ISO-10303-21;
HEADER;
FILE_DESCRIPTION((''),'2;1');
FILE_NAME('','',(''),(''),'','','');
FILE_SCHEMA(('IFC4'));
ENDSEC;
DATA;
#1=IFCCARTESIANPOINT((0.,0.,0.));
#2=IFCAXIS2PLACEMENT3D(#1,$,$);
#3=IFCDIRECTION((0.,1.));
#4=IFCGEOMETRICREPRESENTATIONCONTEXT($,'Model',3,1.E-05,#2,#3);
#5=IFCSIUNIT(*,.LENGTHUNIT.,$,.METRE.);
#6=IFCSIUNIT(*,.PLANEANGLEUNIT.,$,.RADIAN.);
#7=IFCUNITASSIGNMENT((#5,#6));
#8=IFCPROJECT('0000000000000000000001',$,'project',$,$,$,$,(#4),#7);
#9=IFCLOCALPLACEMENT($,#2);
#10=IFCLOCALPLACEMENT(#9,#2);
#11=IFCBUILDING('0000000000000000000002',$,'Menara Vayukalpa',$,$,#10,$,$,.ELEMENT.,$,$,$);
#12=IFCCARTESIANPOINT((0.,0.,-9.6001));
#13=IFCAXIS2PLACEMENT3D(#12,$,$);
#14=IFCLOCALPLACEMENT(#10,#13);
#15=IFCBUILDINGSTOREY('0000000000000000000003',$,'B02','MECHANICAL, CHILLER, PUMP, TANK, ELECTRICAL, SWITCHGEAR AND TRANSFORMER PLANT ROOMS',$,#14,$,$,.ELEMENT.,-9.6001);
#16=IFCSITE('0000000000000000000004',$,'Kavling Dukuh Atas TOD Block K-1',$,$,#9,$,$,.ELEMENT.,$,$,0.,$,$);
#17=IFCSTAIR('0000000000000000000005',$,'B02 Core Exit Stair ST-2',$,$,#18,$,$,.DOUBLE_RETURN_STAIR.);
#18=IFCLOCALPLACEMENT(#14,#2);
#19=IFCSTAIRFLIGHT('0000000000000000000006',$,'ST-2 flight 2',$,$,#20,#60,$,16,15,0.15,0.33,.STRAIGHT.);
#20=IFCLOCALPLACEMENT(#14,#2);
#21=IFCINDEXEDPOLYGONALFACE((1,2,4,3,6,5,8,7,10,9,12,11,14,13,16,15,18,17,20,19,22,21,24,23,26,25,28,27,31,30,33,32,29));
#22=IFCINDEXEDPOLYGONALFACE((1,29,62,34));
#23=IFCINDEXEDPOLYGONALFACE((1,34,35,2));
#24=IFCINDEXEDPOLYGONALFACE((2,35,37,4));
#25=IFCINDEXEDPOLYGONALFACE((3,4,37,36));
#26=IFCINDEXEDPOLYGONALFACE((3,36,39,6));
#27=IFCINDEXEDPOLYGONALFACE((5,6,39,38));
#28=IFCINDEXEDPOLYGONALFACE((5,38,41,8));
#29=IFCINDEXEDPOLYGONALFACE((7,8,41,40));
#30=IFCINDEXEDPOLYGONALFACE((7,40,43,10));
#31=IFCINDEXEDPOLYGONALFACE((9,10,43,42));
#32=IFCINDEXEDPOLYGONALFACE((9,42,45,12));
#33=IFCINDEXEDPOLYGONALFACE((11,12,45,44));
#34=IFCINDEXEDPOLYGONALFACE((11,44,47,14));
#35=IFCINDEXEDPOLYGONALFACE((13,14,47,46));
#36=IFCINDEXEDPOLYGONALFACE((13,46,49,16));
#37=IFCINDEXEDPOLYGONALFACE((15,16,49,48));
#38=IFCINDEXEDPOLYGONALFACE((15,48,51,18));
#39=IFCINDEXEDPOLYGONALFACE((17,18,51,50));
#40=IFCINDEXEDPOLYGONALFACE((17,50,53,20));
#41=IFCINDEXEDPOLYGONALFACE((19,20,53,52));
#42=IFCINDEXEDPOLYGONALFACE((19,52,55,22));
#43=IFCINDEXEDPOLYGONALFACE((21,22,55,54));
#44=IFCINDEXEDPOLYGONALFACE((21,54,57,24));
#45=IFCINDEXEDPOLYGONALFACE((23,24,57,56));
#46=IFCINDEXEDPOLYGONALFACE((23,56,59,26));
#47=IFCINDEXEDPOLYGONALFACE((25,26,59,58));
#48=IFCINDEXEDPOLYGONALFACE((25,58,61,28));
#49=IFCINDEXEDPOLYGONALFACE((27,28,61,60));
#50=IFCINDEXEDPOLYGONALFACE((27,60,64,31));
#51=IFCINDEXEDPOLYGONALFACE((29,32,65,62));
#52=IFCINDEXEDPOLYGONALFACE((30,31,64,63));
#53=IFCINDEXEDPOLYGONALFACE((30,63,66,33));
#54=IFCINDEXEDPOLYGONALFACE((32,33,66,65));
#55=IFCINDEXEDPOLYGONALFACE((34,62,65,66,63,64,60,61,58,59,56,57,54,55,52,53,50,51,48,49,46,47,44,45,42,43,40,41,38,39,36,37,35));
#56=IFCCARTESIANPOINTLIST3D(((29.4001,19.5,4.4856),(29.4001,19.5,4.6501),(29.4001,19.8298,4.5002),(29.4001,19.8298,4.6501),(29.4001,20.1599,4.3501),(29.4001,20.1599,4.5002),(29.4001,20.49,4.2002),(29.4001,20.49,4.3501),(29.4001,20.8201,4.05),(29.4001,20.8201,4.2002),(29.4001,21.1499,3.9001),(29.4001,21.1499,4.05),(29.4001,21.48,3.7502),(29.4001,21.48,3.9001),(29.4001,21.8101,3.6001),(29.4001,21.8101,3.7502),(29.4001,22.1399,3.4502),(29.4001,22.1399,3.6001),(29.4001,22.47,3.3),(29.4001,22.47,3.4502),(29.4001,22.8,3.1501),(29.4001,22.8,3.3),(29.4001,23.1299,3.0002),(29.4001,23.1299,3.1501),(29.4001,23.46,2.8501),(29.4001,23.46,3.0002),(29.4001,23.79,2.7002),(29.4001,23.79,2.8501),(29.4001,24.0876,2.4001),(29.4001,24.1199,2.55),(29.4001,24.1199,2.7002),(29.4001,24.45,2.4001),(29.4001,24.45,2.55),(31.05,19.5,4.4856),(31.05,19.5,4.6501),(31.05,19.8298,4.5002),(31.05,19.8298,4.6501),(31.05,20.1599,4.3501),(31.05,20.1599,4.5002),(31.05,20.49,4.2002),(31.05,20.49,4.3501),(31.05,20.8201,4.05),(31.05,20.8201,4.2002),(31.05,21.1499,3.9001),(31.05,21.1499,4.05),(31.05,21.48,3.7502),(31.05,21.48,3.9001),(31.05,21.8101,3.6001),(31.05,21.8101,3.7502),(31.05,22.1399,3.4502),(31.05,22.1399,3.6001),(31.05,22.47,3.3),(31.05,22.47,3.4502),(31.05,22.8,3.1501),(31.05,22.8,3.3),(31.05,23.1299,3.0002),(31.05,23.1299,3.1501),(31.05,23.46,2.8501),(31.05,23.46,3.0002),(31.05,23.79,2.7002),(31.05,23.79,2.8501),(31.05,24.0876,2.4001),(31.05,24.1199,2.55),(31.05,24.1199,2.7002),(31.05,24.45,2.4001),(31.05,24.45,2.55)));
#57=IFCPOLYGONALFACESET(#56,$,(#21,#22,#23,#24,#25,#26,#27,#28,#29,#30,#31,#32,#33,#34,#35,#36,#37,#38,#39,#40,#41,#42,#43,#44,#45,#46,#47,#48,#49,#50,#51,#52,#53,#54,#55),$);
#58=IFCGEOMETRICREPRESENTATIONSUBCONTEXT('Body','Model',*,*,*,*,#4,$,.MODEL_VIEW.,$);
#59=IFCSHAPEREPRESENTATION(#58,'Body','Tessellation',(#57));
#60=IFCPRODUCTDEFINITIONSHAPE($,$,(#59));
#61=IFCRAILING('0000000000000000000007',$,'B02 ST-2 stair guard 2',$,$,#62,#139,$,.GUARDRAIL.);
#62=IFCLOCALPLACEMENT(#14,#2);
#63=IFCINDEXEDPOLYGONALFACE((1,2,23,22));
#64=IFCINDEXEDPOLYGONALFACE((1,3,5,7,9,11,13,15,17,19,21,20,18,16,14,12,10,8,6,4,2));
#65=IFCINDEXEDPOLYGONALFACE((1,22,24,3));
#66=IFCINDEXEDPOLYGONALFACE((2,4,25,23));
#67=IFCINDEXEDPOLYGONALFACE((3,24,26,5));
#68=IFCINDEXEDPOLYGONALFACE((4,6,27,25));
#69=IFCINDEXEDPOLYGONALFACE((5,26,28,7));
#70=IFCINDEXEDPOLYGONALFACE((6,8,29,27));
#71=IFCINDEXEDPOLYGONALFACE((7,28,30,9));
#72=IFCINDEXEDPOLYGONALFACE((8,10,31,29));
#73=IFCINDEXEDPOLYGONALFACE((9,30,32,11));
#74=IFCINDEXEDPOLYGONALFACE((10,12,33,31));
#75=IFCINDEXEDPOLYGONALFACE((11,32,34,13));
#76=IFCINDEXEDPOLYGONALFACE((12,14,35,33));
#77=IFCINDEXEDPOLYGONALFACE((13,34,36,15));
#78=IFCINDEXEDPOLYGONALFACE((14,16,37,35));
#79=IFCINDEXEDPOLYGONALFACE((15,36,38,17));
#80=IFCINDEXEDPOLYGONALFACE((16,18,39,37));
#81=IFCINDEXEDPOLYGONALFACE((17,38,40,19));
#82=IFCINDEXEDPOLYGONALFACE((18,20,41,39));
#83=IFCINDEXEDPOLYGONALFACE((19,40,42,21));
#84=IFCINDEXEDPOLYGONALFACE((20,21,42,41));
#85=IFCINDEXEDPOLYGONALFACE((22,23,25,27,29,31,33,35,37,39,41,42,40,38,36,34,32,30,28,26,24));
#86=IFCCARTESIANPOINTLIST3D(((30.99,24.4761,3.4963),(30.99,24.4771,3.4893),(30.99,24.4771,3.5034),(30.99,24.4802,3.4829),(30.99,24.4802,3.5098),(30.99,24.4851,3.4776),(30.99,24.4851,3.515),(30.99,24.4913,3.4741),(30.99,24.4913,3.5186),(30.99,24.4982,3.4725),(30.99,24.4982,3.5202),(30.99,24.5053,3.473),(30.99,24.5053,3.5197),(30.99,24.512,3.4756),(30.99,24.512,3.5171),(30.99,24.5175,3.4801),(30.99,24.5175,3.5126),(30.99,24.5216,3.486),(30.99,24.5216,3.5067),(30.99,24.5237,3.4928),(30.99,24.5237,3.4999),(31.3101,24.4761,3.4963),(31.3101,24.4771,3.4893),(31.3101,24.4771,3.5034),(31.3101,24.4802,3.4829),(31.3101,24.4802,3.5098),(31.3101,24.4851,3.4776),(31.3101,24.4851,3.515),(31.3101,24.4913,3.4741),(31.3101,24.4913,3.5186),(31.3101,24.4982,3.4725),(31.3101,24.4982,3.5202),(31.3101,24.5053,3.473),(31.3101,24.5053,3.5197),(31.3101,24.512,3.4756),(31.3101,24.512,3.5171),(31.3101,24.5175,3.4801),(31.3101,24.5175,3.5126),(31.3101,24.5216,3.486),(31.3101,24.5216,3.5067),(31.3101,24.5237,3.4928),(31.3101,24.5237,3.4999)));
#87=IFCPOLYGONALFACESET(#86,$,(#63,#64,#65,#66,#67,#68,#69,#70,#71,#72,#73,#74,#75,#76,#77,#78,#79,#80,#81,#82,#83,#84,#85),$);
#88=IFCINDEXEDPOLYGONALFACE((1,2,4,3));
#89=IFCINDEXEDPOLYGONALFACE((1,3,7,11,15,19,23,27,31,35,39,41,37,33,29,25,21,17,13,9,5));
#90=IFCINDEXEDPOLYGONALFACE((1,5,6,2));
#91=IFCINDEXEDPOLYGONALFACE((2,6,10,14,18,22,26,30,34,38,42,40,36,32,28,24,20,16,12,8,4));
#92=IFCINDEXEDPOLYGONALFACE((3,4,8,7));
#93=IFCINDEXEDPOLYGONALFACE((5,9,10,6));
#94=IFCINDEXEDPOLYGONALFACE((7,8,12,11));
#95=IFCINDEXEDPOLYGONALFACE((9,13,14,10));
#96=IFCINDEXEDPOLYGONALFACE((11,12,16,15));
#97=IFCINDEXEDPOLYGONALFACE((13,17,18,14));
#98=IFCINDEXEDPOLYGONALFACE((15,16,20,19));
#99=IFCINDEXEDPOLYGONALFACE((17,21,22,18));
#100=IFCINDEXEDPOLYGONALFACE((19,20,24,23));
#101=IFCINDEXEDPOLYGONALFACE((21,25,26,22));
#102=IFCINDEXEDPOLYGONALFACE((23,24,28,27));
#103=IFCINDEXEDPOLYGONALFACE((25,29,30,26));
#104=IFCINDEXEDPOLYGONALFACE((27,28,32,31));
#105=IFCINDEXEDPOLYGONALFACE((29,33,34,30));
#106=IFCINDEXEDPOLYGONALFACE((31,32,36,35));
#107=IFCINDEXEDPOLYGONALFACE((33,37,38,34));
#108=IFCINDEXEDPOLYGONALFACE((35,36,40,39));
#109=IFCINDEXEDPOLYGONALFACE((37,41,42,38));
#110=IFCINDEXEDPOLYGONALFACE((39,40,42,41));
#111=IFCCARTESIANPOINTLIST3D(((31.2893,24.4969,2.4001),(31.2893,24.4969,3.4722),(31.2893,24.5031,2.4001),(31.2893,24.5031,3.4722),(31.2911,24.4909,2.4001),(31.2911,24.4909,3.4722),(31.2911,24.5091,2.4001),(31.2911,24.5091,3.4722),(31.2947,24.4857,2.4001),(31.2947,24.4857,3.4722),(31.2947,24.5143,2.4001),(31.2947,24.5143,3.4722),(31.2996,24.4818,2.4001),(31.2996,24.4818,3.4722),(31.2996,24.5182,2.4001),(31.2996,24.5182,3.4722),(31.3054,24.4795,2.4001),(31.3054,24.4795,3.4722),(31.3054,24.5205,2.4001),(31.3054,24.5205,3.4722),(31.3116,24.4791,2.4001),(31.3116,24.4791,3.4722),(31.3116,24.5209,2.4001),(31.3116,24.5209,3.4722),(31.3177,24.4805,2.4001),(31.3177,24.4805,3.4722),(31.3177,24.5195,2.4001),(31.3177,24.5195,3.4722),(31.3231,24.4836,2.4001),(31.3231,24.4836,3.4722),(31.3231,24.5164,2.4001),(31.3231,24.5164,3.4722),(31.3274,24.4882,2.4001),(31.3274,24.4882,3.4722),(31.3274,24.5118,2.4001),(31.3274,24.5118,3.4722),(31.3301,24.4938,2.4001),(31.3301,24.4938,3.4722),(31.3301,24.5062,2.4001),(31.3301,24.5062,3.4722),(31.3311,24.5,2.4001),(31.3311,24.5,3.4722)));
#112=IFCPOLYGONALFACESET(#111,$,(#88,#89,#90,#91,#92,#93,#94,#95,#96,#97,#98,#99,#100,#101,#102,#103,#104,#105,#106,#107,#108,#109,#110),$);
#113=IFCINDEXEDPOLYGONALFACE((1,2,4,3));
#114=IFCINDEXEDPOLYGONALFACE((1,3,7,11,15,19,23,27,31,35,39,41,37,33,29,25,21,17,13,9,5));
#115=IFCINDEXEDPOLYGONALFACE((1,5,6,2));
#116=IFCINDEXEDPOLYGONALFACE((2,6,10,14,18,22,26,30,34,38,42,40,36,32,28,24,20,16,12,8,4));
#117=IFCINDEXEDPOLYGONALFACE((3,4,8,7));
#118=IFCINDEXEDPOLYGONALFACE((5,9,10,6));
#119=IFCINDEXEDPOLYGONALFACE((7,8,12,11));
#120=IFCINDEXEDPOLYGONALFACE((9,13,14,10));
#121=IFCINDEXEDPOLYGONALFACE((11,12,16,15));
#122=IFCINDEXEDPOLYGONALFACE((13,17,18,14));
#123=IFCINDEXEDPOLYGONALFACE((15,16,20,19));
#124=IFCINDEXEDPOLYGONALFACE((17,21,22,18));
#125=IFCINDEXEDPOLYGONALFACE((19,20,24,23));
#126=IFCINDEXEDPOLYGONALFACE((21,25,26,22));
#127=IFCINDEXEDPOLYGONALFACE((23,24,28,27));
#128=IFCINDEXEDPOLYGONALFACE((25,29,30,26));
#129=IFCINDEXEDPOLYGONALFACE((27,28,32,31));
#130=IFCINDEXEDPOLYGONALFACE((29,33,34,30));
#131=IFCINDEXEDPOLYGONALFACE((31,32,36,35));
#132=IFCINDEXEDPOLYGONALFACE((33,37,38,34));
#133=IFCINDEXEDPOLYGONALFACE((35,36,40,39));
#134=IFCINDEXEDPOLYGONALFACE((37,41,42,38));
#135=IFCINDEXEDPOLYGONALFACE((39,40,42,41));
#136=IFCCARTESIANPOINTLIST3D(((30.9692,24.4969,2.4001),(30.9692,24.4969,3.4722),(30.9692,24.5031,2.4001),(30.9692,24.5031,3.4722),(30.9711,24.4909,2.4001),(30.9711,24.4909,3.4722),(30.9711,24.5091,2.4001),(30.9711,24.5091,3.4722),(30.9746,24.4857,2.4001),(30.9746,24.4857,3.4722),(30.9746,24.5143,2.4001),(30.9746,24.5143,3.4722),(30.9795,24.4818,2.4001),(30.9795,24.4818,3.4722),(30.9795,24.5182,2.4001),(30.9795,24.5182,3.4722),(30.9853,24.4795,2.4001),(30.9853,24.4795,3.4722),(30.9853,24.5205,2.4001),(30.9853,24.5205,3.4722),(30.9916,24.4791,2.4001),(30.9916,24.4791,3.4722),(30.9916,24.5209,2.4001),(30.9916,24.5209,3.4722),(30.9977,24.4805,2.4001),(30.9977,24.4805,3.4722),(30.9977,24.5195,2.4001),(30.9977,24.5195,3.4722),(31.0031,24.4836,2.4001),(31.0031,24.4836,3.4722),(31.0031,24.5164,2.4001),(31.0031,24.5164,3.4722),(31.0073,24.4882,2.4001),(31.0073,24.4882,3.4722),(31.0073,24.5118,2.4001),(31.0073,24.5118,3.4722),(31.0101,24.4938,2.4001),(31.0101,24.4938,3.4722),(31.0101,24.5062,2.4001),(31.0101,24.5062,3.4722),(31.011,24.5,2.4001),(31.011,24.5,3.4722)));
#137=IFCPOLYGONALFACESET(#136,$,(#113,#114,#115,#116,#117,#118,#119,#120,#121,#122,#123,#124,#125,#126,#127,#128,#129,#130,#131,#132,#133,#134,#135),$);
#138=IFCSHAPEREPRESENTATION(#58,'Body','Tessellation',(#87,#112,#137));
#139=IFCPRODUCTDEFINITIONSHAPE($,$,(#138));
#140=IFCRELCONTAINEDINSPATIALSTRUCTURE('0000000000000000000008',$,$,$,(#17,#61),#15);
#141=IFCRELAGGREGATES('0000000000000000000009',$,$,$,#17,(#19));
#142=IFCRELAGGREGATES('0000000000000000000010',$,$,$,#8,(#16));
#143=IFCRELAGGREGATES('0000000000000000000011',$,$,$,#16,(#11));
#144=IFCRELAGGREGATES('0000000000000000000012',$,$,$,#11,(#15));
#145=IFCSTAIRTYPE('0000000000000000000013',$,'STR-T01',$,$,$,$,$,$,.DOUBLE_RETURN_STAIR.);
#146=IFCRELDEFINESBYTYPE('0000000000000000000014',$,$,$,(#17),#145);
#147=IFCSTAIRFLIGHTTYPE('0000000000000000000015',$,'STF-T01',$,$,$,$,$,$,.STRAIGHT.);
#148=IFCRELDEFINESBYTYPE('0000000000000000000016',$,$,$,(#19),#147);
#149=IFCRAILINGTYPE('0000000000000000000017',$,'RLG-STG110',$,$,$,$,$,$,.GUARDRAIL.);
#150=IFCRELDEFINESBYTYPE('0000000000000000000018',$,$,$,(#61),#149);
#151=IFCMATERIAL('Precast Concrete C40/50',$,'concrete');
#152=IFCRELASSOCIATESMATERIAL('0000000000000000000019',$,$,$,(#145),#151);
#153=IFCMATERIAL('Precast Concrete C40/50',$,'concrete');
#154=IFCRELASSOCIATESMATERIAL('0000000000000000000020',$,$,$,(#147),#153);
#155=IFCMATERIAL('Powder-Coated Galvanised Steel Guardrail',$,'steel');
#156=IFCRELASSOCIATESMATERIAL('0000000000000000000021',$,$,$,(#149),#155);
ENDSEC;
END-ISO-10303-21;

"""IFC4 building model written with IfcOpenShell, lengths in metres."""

from ifc_helpers import new_model, si_unit, direction, frame, origin, origin_2d, place, context, subcontext, project, spatial, polyline, circle, outline, extrude, material, type_object, element, aggregate, save


model = new_model("IFC4")

# Units and contexts
model_context = context("Model", 3, precision=1e-05, world=origin(), true_north=direction((0.0, 1.0)))
body_context = subcontext(model_context, "Body", "Model", "MODEL_VIEW")
ifc_project = project(units=[si_unit("LENGTHUNIT", "METRE"), si_unit("PLANEANGLEUNIT", "RADIAN")], contexts=[model_context])

# Site, building, storey
site_placement = place(None, origin())
site = spatial("IfcSite", under=ifc_project, at=site_placement, Name="Kavling Dukuh Atas TOD Block K-1", CompositionType="ELEMENT", RefElevation=0.0)
building_placement = place(site_placement, origin())
building = spatial("IfcBuilding", under=site, at=building_placement, Name="Menara Vayukalpa", CompositionType="ELEMENT")
storey_placement = place(building_placement, frame((0.0, 0.0, -9.6001)))
storey = spatial("IfcBuildingStorey", under=building, at=storey_placement, Name="B02", Description="MECHANICAL, CHILLER, PUMP, TANK, ELECTRICAL, SWITCHGEAR AND TRANSFORMER PLANT ROOMS", CompositionType="ELEMENT", Elevation=-9.6001)

# Stair, stair flight
ifc_material_1 = material(Name="Precast Concrete C40/50", Category="concrete")
stair_type = type_object("IfcStairType", Name="STR-T01", PredefinedType="DOUBLE_RETURN_STAIR", material=ifc_material_1)
stair_placement = place(storey_placement, origin())
stair = element("IfcStair", 1, at=stair_placement, inside=storey, type_object=stair_type, Name="B02 Core Exit Stair ST-2", PredefinedType="DOUBLE_RETURN_STAIR")
ifc_material_2 = material(Name="Precast Concrete C40/50", Category="concrete")
stair_flight_type = type_object("IfcStairFlightType", Name="STF-T01", PredefinedType="STRAIGHT", material=ifc_material_2)
stair_flight_placement = place(storey_placement, frame((30.2251, 24.45, 2.4001), z_axis=(0.0, 0.0, 1.0), x_axis=(0.0, -1.0, 0.0)))
stair_flight = element("IfcStairFlight", 2, at=stair_flight_placement, type_object=stair_flight_type, Name="ST-2 flight 2", NumberOfRisers=16, NumberOfTreads=15, PredefinedType="STRAIGHT", RiserHeight=0.15, TreadLength=0.33, context=body_context, shape_type="SweptSolid", body=[
    extrude(outline(polyline([(0.0, 0.0), (0.0, 0.1499), (0.3301, 0.1499), (0.3301, 0.3), (0.6599, 0.3), (0.6599, 0.45), (0.99, 0.45), (0.99, 0.6001), (1.3201, 0.6001), (1.3201, 0.75), (1.6499, 0.75), (1.6499, 0.8999), (1.98, 0.8999), (1.98, 1.05), (2.3101, 1.05), (2.3101, 1.2), (2.6399, 1.2), (2.6399, 1.3501), (2.97, 1.3501), (2.97, 1.5), (3.3, 1.5), (3.3, 1.6499), (3.6299, 1.6499), (3.6299, 1.8), (3.96, 1.8), (3.96, 1.95), (4.29, 1.95), (4.29, 2.1001), (4.6201, 2.1001), (4.6201, 2.25), (4.95, 2.25), (4.95, 2.3999), (4.95, 2.0854), (0.3623, 0.0), (0.0, 0.0)])), frame((0.0, 0.825, 0.0), z_axis=(0.0, -1.0, 0.0), x_axis=(1.0, 0.0, 0.0)), (0.0, 0.0, 1.0), 1.6499),
])
aggregate(stair, [stair_flight])

# Railing
ifc_material_3 = material(Name="Powder-Coated Galvanised Steel Guardrail", Category="steel")
railing_type_1 = type_object("IfcRailingType", Name="RLG-STG110", PredefinedType="GUARDRAIL", material=ifc_material_3)
railing_1_placement = place(storey_placement, frame((31.3101, 24.5, 2.4001)))
element("IfcRailing", 3, at=railing_1_placement, inside=storey, type_object=railing_type_1, Name="B02 ST-2 stair guard 2", PredefinedType="GUARDRAIL", context=body_context, shape_type="SweptSolid", body=[
    extrude(circle(Radius=0.0239, at=origin_2d()), frame((0.0, 0.0, 1.0962), z_axis=(-1.0, 0.0, 0.0), x_axis=(0.0, -1.0, 0.0)), (0.0, 0.0, 1.0), 0.3201),
    extrude(circle(Radius=0.021, at=origin_2d()), origin(), (0.0, 0.0, 1.0), 1.072),
    extrude(circle(Radius=0.021, at=origin_2d()), frame((-0.3201, 0.0, 0.0)), (0.0, 0.0, 1.0), 1.072),
])

save(model, "model.ifc")
